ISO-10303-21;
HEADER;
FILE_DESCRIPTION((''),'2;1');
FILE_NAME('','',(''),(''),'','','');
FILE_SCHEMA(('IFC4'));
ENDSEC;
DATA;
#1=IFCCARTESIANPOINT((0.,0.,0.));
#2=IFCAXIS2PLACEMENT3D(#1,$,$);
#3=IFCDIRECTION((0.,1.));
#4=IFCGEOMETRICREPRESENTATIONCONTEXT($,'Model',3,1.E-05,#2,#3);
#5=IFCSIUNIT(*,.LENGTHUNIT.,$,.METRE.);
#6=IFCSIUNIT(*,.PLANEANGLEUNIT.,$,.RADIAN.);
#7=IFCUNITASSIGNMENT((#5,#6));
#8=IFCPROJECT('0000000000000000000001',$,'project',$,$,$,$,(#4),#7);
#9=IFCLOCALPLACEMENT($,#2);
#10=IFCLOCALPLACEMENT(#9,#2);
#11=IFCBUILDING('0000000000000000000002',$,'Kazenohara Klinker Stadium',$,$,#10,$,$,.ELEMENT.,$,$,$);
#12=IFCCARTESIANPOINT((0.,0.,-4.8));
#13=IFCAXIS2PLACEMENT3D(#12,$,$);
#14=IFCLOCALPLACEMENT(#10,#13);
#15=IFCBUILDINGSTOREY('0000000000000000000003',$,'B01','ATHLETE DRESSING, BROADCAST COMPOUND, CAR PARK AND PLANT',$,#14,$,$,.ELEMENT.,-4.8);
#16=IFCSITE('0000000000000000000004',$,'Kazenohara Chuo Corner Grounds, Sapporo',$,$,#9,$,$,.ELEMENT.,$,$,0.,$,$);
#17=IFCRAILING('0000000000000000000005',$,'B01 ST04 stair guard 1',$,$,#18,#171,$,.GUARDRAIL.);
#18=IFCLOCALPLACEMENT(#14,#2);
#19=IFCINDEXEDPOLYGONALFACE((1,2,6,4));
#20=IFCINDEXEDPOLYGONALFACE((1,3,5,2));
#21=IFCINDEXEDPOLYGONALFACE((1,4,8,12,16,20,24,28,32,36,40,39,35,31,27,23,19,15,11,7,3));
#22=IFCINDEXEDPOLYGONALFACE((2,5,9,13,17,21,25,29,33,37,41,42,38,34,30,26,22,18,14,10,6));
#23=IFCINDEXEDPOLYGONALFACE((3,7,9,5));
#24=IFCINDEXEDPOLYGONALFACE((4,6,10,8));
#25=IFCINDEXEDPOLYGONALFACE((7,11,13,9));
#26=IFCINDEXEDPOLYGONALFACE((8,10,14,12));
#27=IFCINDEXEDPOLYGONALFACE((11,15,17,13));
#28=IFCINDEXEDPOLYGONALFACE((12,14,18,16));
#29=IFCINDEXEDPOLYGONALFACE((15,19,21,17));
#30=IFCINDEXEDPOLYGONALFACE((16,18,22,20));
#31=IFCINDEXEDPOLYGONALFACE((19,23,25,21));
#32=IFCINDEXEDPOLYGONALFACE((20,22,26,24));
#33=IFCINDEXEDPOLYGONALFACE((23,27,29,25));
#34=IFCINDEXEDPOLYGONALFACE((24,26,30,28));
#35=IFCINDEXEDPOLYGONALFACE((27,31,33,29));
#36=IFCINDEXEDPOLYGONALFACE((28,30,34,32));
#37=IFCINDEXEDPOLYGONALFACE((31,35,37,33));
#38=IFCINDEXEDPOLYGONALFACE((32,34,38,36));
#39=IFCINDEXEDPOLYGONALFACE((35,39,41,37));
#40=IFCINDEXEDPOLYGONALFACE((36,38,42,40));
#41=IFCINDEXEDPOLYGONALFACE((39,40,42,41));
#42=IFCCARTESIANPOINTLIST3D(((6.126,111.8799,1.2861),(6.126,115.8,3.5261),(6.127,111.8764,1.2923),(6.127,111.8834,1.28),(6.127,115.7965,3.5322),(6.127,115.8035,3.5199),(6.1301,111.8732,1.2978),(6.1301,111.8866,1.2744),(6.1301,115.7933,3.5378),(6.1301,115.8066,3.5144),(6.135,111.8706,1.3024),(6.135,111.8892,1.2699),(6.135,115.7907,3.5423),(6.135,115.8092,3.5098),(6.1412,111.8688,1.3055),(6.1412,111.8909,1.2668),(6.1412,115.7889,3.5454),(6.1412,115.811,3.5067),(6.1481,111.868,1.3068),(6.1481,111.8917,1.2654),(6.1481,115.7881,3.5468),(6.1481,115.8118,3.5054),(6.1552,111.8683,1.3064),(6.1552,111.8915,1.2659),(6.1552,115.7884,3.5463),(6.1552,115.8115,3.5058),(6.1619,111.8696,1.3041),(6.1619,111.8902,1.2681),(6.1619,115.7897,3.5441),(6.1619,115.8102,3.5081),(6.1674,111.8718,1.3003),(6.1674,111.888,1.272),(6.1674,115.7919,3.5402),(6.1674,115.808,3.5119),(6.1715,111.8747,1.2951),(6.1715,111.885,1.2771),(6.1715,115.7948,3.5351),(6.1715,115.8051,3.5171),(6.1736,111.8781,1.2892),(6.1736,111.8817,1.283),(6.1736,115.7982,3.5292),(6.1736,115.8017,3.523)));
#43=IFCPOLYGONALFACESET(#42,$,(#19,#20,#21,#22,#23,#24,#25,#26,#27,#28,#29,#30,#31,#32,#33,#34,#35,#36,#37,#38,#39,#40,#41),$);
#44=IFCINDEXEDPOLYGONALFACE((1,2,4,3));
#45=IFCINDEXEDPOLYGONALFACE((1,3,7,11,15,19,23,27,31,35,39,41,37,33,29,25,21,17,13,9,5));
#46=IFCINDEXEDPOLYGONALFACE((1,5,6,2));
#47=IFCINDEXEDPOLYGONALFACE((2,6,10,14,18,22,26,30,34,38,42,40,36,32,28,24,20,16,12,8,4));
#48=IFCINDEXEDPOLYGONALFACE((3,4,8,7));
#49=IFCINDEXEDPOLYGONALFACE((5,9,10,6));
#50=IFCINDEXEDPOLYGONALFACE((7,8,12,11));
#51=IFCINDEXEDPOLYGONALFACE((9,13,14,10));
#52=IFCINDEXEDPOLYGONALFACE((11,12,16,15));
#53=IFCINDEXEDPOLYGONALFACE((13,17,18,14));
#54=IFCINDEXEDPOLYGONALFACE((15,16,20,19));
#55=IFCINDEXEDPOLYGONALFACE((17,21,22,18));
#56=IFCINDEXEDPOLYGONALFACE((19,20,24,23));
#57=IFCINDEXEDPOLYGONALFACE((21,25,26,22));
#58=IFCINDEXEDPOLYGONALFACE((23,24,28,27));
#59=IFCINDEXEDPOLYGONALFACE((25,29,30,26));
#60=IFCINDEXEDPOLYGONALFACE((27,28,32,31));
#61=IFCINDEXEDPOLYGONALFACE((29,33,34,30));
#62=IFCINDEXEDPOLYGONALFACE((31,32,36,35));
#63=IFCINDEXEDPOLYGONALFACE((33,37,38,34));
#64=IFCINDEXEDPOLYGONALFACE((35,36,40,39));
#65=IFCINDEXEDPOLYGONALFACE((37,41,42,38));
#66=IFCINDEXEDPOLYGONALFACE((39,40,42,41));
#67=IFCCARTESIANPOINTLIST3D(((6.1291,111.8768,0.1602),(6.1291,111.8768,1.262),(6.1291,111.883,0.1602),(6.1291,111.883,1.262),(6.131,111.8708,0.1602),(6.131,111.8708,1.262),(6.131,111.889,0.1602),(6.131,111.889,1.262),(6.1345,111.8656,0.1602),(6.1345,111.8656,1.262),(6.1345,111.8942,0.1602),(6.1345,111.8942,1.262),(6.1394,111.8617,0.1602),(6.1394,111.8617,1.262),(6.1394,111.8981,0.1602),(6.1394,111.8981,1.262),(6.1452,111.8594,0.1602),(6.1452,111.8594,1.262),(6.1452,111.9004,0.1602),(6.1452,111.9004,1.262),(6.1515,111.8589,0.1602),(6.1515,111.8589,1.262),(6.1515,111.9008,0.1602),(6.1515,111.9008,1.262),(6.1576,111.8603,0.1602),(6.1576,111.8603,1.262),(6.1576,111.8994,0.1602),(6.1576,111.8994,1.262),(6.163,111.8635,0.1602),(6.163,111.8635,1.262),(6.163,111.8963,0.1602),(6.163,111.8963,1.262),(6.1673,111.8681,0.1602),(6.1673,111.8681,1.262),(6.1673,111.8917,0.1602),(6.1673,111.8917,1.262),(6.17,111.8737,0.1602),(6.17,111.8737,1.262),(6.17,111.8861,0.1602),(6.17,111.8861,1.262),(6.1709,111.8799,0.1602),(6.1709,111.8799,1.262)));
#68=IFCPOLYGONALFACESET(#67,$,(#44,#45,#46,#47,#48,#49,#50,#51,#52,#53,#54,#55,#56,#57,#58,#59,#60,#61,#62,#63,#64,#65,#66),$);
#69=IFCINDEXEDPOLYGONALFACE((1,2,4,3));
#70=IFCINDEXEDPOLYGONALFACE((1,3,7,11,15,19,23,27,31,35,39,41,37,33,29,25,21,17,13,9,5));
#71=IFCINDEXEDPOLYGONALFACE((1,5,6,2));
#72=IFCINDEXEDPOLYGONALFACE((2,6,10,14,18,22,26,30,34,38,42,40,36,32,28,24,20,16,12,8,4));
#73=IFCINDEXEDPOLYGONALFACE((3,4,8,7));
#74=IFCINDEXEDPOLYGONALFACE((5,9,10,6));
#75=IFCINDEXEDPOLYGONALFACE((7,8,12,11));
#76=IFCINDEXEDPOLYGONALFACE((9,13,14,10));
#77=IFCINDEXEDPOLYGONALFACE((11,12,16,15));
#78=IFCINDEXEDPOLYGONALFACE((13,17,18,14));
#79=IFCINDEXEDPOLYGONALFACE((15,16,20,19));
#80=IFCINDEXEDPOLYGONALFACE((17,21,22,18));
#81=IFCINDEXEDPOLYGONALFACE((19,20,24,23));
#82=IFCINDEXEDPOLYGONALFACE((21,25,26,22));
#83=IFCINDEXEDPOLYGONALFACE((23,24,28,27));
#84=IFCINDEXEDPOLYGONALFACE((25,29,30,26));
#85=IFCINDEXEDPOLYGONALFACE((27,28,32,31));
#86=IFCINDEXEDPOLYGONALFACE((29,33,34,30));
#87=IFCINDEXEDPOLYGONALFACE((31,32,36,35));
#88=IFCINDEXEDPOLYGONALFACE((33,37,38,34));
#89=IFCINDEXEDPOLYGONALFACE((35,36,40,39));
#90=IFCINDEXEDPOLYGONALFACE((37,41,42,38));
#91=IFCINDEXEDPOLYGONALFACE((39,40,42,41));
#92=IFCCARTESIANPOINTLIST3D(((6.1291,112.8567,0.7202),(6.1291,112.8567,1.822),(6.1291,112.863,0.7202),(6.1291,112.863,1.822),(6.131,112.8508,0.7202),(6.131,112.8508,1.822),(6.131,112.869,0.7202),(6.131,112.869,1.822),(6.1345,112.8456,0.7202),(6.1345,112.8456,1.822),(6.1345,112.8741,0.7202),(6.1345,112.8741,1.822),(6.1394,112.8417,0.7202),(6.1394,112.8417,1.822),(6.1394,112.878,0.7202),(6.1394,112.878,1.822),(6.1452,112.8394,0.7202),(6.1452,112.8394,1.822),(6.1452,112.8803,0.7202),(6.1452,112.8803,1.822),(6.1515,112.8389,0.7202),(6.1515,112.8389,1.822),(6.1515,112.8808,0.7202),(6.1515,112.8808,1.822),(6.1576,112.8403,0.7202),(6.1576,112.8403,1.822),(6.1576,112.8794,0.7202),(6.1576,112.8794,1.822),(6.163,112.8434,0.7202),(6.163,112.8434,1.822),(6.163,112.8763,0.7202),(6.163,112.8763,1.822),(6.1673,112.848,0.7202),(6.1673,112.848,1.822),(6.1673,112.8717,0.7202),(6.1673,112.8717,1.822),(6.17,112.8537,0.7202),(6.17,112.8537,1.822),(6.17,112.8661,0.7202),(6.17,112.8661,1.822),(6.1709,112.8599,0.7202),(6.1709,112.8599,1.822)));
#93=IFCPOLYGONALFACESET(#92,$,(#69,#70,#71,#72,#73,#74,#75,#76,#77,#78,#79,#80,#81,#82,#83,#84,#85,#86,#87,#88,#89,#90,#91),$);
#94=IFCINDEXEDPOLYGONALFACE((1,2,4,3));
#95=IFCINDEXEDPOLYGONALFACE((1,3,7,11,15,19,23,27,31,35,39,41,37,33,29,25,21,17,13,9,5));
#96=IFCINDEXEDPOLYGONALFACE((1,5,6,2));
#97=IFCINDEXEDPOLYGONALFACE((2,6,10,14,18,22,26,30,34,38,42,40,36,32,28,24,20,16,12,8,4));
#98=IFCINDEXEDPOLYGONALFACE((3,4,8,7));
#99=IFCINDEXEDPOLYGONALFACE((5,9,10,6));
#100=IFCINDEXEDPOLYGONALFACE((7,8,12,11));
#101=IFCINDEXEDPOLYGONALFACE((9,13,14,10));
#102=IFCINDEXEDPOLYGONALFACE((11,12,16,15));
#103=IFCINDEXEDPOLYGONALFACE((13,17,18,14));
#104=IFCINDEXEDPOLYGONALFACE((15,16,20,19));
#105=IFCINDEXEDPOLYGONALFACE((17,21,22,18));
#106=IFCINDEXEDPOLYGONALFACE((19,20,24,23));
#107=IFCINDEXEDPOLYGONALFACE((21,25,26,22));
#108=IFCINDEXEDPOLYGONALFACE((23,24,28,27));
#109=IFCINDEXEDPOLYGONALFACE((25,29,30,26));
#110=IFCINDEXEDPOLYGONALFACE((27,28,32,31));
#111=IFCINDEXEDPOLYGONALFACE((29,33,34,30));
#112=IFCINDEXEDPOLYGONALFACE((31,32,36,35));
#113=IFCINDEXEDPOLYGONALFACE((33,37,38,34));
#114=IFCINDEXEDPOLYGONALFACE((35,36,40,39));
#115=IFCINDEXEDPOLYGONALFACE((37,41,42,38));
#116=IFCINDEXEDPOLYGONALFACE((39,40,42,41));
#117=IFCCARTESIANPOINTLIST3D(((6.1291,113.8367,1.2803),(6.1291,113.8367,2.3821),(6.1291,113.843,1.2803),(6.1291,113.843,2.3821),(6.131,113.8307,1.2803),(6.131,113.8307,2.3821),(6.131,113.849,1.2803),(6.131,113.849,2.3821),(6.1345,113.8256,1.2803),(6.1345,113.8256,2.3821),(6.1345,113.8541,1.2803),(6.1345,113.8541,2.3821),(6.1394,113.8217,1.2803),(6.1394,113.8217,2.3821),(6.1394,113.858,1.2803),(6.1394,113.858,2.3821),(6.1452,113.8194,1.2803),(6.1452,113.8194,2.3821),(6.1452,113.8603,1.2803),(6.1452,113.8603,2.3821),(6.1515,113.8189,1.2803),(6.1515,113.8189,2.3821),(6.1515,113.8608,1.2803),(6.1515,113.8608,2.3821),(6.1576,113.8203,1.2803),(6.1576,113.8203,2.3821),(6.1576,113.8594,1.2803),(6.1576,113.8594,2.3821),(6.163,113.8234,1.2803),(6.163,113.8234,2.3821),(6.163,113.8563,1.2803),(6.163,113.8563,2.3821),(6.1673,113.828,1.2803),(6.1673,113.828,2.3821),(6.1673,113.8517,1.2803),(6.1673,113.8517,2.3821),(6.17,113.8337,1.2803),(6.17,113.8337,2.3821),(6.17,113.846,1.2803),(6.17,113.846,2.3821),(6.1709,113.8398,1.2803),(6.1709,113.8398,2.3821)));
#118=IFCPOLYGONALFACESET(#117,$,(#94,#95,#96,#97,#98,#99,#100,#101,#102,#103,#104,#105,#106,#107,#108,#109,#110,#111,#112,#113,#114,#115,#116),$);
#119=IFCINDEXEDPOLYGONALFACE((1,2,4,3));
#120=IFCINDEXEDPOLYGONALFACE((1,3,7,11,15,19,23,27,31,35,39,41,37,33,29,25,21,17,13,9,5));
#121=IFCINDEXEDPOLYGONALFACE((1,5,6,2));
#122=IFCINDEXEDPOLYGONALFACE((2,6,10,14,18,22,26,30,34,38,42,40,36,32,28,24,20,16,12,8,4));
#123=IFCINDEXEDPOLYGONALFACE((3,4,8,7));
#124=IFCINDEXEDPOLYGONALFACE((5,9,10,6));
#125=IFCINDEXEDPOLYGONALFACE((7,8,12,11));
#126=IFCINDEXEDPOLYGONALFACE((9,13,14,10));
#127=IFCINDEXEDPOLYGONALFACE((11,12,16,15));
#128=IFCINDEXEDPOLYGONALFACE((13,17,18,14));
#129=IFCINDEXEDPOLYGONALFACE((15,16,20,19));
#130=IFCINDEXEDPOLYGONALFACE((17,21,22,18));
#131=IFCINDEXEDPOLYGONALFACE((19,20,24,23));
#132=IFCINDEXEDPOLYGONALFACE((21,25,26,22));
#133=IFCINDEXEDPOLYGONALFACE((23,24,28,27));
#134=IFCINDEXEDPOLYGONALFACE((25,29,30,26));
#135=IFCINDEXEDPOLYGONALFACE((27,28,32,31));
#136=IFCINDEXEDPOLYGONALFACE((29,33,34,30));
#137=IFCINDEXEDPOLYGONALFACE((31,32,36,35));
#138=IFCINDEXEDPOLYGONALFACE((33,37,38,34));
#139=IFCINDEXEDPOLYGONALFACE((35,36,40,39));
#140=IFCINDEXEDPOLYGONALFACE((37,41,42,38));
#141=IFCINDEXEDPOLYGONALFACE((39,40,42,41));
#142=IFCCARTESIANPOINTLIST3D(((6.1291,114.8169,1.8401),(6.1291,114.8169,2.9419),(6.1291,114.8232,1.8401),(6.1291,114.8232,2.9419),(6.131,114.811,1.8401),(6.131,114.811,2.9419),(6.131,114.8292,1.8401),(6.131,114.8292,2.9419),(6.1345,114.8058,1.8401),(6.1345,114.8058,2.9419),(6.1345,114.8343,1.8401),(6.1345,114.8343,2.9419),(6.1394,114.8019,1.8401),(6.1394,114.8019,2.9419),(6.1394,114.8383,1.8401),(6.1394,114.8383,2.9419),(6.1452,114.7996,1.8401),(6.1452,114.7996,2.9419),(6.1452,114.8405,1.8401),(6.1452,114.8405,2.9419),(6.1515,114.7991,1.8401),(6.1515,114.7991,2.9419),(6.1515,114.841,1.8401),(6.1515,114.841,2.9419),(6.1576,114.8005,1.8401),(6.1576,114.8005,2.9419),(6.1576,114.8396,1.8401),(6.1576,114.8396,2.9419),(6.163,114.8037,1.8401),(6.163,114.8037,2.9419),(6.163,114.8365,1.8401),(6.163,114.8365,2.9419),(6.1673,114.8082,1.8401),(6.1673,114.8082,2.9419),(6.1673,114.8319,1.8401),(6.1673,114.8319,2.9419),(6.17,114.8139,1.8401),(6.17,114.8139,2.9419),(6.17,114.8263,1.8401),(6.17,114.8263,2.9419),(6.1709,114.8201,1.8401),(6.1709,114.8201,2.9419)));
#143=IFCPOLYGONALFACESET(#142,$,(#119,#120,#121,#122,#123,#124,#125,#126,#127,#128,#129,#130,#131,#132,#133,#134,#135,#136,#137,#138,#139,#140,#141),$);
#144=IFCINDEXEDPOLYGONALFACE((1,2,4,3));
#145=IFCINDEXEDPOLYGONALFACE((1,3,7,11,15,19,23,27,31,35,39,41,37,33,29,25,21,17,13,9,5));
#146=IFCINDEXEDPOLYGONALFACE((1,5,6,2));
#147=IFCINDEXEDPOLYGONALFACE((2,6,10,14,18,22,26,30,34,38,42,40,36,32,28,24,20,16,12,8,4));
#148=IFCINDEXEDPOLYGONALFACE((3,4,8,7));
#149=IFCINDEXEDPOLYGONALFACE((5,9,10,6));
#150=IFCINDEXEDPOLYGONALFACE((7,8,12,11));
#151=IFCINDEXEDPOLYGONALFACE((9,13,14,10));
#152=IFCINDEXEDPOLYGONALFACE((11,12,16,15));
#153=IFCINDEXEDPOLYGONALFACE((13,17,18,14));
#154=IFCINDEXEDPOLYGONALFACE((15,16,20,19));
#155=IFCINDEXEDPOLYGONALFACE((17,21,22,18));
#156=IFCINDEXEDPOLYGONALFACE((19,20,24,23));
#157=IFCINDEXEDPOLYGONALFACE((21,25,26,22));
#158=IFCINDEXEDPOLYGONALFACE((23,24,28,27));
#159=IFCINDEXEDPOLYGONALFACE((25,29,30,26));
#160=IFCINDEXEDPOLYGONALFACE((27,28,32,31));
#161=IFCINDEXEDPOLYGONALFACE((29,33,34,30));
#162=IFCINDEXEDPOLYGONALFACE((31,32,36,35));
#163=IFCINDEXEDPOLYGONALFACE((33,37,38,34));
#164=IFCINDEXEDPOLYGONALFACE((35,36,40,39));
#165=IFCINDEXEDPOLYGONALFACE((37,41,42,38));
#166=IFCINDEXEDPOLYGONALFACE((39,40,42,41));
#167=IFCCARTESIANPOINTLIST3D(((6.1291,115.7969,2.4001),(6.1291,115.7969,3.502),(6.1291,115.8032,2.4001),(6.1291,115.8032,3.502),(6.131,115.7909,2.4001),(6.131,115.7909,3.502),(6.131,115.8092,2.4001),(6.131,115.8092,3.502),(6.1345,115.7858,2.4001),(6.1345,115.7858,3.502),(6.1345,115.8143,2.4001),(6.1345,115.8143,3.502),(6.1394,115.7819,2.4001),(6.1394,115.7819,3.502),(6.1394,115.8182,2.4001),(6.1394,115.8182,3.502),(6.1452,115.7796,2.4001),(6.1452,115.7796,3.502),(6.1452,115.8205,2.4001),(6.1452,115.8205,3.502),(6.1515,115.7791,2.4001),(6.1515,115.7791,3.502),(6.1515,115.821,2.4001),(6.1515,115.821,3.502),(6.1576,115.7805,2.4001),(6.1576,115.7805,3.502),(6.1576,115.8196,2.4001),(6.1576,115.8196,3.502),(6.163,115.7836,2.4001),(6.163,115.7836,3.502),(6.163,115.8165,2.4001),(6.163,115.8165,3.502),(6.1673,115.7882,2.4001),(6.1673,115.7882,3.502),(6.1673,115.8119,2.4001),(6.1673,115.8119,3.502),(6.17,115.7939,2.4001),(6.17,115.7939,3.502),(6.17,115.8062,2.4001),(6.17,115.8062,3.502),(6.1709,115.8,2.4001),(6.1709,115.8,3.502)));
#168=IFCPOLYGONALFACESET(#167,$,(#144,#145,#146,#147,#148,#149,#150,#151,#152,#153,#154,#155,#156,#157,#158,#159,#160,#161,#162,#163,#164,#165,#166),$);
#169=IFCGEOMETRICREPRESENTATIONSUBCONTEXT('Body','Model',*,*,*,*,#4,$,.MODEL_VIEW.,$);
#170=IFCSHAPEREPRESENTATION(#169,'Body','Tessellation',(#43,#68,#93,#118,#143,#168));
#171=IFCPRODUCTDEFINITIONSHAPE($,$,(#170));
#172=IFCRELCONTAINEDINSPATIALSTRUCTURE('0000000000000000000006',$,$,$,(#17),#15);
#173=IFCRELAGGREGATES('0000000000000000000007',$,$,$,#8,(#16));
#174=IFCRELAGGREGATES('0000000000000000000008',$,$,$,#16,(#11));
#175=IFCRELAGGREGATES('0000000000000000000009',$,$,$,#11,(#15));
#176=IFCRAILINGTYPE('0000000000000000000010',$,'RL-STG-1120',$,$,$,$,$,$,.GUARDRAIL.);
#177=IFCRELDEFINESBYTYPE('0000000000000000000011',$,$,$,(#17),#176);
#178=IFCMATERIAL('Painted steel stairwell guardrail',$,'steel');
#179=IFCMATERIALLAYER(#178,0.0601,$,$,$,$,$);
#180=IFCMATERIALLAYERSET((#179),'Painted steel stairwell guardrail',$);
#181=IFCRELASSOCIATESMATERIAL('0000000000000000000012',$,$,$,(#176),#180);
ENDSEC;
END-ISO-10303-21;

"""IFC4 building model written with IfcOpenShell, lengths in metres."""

from ifc_helpers import new_model, si_unit, direction, frame, origin, origin_2d, place, context, subcontext, project, spatial, circle, extrude, material, layer, layer_set, type_object, element, save


model = new_model("IFC4")

# Units and contexts
model_context = context("Model", 3, precision=1e-05, world=origin(), true_north=direction((0.0, 1.0)))
body_context = subcontext(model_context, "Body", "Model", "MODEL_VIEW")
ifc_project = project(units=[si_unit("LENGTHUNIT", "METRE"), si_unit("PLANEANGLEUNIT", "RADIAN")], contexts=[model_context])

# Site, building, storey
site_placement = place(None, origin())
site = spatial("IfcSite", under=ifc_project, at=site_placement, Name="Kazenohara Chuo Corner Grounds, Sapporo", CompositionType="ELEMENT", RefElevation=0.0)
building_placement = place(site_placement, origin())
building = spatial("IfcBuilding", under=site, at=building_placement, Name="Kazenohara Klinker Stadium", CompositionType="ELEMENT")
storey_placement = place(building_placement, frame((0.0, 0.0, -4.8)))
storey = spatial("IfcBuildingStorey", under=building, at=storey_placement, Name="B01", Description="ATHLETE DRESSING, BROADCAST COMPOUND, CAR PARK AND PLANT", CompositionType="ELEMENT", Elevation=-4.8)

# Railing
ifc_material_1 = material(Name="Painted steel stairwell guardrail", Category="steel")
ifc_layer_1 = layer(ifc_material_1, 0.0601)
ifc_layer_set_1 = layer_set([ifc_layer_1], Name="Painted steel stairwell guardrail")
railing_type_1 = type_object("IfcRailingType", Name="RL-STG-1120", PredefinedType="GUARDRAIL", material=ifc_layer_set_1)
railing_1_placement = place(storey_placement, frame((6.1499, 111.8799, 0.1602)))
element("IfcRailing", 1, at=railing_1_placement, inside=storey, type_object=railing_type_1, Name="B01 ST04 stair guard 1", PredefinedType="GUARDRAIL", context=body_context, shape_type="SweptSolid", body=[
    extrude(circle(Radius=0.0239, at=origin_2d()), frame((0.0, 0.0, 1.126), z_axis=(0.0, 0.868253, 0.496121), x_axis=(-1.0, 0.0, 0.0)), (0.0, 0.0, 1.0), 4.5149),
    extrude(circle(Radius=0.021, at=origin_2d()), origin(), (0.0, 0.0, 1.0), 1.1018),
    extrude(circle(Radius=0.021, at=origin_2d()), frame((0.0, 0.98, 0.5601)), (0.0, 0.0, 1.0), 1.1018),
    extrude(circle(Radius=0.021, at=origin_2d()), frame((0.0, 1.96, 1.1201)), (0.0, 0.0, 1.0), 1.1018),
    extrude(circle(Radius=0.021, at=origin_2d()), frame((0.0, 2.9402, 1.6799)), (0.0, 0.0, 1.0), 1.1018),
    extrude(circle(Radius=0.021, at=origin_2d()), frame((0.0, 3.9202, 2.24)), (0.0, 0.0, 1.0), 1.1018),
])

save(model, "model.ifc")
